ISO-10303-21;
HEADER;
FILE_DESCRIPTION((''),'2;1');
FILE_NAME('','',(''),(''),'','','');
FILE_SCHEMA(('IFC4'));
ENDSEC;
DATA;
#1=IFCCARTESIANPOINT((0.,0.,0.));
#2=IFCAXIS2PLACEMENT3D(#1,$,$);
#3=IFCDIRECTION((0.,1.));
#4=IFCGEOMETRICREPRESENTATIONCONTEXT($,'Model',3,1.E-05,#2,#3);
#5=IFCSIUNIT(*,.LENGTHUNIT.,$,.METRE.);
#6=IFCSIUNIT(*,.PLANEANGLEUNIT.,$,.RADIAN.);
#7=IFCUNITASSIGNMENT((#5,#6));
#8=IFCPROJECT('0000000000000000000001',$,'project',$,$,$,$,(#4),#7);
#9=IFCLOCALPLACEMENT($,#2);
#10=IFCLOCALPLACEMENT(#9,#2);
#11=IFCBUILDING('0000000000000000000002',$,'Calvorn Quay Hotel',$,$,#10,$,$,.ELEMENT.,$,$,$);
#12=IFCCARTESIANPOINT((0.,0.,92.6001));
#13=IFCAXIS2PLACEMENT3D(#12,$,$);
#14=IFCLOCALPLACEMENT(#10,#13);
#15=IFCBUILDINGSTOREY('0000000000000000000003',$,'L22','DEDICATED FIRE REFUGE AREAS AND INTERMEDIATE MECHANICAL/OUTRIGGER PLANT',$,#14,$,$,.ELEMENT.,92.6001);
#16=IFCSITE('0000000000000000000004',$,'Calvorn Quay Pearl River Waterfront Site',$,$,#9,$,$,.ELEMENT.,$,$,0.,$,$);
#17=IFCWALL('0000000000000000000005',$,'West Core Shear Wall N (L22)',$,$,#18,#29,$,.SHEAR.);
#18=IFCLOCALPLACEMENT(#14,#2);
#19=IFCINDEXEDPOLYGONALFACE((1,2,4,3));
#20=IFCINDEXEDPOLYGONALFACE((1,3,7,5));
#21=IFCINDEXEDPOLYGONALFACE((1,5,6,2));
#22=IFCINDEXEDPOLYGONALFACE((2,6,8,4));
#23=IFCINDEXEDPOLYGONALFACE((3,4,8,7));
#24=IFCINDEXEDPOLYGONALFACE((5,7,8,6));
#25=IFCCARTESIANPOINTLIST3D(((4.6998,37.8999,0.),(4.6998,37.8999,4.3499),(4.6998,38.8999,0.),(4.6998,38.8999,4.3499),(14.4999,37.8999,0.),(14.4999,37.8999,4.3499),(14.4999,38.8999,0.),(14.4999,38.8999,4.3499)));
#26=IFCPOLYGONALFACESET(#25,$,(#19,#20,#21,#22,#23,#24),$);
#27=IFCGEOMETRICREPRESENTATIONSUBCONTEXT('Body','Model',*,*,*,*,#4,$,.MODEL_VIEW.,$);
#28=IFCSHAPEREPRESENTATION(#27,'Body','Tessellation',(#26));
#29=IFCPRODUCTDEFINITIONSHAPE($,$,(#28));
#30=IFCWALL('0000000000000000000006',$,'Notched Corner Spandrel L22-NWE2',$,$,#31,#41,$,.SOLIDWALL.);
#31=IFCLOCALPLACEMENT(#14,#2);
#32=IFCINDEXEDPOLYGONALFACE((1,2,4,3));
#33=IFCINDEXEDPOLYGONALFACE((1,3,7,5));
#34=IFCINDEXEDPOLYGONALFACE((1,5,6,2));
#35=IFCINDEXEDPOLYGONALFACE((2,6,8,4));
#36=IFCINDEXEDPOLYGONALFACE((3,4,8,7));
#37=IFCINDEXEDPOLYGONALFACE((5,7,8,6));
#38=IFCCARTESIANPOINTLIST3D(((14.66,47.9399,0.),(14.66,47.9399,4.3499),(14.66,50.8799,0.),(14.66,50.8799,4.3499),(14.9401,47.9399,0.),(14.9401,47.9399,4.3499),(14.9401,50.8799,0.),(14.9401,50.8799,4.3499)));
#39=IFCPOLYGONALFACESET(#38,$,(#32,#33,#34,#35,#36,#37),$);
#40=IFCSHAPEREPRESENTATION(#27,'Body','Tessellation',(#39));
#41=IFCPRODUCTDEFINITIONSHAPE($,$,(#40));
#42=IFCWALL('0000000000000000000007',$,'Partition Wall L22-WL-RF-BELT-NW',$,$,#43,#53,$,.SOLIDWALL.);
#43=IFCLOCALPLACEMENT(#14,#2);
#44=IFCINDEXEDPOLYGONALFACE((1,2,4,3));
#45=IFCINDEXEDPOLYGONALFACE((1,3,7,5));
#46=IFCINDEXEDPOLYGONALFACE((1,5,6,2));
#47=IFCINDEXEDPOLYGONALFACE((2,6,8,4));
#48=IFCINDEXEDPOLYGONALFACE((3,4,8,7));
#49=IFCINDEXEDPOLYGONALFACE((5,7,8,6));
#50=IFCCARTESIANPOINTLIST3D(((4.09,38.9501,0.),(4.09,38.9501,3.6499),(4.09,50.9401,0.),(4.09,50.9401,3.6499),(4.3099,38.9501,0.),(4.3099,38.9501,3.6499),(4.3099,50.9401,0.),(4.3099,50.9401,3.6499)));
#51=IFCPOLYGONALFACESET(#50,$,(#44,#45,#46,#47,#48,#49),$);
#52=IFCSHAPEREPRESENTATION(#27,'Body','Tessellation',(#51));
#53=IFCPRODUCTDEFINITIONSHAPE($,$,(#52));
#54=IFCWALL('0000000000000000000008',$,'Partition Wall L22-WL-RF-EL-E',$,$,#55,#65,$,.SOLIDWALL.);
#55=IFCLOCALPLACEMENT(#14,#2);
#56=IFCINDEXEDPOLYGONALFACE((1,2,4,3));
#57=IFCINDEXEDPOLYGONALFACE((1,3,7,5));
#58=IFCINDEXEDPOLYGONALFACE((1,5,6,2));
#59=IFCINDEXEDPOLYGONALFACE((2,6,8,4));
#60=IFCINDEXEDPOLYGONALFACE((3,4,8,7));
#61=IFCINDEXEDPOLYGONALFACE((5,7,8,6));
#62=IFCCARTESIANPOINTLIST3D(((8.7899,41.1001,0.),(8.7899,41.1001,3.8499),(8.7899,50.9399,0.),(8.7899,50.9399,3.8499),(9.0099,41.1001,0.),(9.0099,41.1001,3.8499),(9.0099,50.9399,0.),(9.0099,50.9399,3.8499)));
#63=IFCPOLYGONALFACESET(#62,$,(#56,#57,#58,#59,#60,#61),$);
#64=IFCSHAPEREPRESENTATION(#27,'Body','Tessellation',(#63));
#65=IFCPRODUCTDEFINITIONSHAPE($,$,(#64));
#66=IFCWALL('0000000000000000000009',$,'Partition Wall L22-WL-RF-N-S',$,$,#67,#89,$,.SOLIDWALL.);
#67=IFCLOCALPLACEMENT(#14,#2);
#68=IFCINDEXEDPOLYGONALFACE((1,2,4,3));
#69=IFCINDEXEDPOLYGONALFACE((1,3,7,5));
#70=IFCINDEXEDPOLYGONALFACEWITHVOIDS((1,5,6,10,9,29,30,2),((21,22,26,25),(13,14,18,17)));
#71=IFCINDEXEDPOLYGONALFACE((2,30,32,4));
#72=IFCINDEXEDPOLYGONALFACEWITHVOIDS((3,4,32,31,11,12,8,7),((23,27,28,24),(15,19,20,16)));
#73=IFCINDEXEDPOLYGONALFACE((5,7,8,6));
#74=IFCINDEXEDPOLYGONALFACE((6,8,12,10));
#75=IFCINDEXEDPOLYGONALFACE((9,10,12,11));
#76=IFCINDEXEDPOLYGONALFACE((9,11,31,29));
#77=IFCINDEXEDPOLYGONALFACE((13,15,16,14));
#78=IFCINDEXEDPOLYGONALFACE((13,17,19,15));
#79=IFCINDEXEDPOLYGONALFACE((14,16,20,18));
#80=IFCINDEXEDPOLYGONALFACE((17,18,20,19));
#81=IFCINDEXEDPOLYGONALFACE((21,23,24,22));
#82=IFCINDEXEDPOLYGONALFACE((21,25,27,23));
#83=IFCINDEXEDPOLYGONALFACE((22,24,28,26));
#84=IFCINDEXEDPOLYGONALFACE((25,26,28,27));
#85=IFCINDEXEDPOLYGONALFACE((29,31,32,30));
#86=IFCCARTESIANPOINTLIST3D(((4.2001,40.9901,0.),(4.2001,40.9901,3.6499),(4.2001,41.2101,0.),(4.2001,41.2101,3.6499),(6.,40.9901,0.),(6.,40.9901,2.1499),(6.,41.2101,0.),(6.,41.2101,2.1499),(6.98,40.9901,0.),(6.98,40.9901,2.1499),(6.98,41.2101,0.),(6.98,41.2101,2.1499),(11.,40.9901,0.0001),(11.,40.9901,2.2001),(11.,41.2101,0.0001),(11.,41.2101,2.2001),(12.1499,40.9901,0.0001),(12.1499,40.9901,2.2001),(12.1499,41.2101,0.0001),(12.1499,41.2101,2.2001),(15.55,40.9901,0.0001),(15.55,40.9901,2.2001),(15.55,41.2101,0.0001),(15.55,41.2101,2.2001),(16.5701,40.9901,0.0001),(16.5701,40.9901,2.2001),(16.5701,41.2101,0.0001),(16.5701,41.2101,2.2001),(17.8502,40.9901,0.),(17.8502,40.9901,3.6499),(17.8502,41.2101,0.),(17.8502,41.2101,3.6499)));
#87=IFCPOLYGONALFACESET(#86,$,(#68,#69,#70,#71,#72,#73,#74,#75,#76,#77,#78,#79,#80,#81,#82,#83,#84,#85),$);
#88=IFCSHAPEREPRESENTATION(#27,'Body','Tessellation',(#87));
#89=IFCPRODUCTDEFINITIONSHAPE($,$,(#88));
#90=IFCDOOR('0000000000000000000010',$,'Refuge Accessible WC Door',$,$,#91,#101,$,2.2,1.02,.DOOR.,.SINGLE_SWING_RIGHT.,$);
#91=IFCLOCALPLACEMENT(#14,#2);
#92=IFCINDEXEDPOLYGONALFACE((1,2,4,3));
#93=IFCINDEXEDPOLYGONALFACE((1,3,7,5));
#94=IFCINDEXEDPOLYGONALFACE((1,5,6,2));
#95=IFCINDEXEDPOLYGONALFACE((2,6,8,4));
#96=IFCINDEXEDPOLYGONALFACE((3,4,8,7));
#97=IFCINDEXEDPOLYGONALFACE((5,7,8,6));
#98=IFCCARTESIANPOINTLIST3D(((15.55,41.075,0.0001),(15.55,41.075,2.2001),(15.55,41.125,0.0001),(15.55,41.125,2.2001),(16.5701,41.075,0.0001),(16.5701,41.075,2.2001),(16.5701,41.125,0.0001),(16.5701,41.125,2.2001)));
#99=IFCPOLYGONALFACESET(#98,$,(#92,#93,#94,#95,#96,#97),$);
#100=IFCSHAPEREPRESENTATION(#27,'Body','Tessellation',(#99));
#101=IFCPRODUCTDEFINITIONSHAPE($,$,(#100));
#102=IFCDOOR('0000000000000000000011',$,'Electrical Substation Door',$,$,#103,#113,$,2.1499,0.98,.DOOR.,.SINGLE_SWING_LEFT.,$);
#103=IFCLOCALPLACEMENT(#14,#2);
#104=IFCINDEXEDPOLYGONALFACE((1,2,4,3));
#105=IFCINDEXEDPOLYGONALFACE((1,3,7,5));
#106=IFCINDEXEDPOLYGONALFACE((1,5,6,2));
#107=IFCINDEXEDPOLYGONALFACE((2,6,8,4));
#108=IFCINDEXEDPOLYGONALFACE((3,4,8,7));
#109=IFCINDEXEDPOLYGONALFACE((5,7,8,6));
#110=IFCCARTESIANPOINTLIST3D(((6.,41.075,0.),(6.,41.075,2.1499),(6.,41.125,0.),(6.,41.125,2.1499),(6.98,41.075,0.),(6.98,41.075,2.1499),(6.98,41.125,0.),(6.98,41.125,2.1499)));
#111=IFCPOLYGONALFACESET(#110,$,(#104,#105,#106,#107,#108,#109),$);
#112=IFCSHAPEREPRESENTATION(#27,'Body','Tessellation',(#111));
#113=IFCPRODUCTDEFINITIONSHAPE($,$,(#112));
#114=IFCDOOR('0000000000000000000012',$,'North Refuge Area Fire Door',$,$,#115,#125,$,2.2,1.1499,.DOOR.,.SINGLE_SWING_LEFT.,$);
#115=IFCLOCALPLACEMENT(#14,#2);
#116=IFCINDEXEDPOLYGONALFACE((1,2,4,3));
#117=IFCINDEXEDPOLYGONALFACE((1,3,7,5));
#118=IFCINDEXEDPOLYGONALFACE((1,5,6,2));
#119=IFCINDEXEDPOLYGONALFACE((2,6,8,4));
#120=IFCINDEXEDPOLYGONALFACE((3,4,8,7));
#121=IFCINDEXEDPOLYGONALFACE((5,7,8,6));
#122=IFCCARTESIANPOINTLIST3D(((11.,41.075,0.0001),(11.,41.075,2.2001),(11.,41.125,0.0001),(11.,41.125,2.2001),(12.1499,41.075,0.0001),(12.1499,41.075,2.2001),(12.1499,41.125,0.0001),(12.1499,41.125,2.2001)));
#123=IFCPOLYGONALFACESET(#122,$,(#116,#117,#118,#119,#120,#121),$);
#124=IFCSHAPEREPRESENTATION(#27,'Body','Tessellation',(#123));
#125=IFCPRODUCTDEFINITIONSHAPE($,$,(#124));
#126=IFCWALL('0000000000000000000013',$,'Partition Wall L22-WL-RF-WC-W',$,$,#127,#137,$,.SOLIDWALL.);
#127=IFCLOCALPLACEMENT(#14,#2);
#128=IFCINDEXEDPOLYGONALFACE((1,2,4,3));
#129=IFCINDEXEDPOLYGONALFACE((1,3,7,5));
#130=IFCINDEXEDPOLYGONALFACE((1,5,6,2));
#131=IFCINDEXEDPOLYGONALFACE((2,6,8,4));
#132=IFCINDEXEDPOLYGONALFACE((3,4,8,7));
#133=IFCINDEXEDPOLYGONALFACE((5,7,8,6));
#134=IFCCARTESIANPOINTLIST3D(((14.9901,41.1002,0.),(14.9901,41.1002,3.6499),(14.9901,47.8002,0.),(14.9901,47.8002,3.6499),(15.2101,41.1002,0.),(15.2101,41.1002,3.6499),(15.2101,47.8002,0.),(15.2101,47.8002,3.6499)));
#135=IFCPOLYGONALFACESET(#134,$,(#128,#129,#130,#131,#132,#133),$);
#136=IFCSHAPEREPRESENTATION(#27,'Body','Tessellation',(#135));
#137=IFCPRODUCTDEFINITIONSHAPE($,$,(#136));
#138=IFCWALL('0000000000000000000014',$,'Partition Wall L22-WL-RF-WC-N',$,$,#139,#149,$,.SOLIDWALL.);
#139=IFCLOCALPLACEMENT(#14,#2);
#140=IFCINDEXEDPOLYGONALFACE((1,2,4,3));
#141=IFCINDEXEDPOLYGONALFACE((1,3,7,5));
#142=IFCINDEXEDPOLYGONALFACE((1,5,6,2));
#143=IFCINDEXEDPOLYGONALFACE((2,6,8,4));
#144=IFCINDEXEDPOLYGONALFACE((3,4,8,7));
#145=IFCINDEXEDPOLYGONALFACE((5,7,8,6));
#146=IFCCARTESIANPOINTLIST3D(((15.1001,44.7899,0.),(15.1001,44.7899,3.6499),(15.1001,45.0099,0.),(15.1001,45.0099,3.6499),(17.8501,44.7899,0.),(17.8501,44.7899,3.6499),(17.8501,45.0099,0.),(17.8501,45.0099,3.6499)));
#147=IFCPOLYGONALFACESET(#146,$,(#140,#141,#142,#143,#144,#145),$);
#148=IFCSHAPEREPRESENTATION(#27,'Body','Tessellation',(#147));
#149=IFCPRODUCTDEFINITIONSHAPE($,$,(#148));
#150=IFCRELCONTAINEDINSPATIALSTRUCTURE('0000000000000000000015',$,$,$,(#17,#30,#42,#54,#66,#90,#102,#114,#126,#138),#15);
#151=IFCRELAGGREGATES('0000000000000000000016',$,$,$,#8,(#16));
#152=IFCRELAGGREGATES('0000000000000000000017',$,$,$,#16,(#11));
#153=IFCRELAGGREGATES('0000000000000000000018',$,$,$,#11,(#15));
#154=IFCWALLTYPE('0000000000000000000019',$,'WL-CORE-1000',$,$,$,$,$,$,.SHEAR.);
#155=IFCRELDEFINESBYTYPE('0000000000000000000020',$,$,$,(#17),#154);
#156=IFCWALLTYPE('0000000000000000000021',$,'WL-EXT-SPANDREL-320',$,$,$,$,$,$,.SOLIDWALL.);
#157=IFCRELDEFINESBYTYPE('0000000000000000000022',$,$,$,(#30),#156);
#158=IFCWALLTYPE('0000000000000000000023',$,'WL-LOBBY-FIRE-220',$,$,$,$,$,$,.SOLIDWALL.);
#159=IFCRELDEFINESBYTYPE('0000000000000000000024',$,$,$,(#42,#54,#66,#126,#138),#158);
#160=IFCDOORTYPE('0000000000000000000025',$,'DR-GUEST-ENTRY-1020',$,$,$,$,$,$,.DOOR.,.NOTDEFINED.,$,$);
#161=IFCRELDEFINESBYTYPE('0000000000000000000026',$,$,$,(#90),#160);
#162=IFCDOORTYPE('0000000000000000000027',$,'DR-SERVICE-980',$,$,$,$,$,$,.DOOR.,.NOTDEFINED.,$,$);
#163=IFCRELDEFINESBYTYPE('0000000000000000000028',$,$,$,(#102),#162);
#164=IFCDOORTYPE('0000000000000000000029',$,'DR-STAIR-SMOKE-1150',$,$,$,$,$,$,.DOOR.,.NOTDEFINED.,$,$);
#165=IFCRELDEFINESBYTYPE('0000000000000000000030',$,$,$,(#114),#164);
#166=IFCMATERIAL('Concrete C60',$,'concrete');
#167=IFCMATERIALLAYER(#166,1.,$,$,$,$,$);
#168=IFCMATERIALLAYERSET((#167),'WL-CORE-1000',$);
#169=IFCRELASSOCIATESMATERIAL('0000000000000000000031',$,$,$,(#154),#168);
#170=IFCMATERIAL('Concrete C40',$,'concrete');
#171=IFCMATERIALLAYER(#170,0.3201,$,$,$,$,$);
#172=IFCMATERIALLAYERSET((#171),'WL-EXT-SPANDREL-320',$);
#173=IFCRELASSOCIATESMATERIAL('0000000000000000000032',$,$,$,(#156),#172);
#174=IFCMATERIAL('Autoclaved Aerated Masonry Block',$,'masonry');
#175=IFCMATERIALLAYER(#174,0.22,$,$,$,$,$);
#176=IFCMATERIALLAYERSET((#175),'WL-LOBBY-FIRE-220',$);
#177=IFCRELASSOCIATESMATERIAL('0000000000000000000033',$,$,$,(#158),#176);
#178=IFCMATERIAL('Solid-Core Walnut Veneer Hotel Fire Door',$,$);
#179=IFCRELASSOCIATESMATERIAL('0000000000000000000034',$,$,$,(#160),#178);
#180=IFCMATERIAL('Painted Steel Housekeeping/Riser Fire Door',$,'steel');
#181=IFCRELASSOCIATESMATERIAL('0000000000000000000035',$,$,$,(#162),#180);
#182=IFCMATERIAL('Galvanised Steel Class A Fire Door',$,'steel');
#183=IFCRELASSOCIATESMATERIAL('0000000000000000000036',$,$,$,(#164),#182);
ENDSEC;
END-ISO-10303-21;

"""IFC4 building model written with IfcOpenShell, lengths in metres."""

from ifc_helpers import new_model, si_unit, direction, frame, frame_2d, origin, place, context, subcontext, project, spatial, rectangle, extrude, material, layer, layer_set, type_object, element, fill, save


model = new_model("IFC4")

# Units and contexts
model_context = context("Model", 3, precision=1e-05, world=origin(), true_north=direction((0.0, 1.0)))
body_context = subcontext(model_context, "Body", "Model", "MODEL_VIEW")
ifc_project = project(units=[si_unit("LENGTHUNIT", "METRE"), si_unit("PLANEANGLEUNIT", "RADIAN")], contexts=[model_context])

# Site, building, storey
site_placement = place(None, origin())
site = spatial("IfcSite", under=ifc_project, at=site_placement, Name="Calvorn Quay Pearl River Waterfront Site", CompositionType="ELEMENT", RefElevation=0.0)
building_placement = place(site_placement, origin())
building = spatial("IfcBuilding", under=site, at=building_placement, Name="Calvorn Quay Hotel", CompositionType="ELEMENT")
storey_placement = place(building_placement, frame((0.0, 0.0, 92.6001)))
storey = spatial("IfcBuildingStorey", under=building, at=storey_placement, Name="L22", Description="DEDICATED FIRE REFUGE AREAS AND INTERMEDIATE MECHANICAL/OUTRIGGER PLANT", CompositionType="ELEMENT", Elevation=92.6001)

# Walls
ifc_material_1 = material(Name="Concrete C60", Category="concrete")
ifc_layer_1 = layer(ifc_material_1, 1.0)
ifc_layer_set_1 = layer_set([ifc_layer_1], Name="WL-CORE-1000")
wall_type_1 = type_object("IfcWallType", Name="WL-CORE-1000", PredefinedType="SHEAR", material=ifc_layer_set_1)
wall_1_placement = place(storey_placement, frame((4.7, 38.3999, 0.0), z_axis=(0.0, 0.0, 1.0), x_axis=(1.0, 0.0, 0.0)))
element("IfcWall", 1, at=wall_1_placement, inside=storey, type_object=wall_type_1, Name="West Core Shear Wall N (L22)", PredefinedType="SHEAR", context=body_context, shape_type="SweptSolid", body=[
    extrude(rectangle(XDim=9.8, YDim=1.0, at=frame_2d((4.8999, 0.0))), origin(), (0.0, 0.0, 1.0), 4.3499),
])
ifc_material_2 = material(Name="Concrete C40", Category="concrete")
ifc_layer_2 = layer(ifc_material_2, 0.3201)
ifc_layer_set_2 = layer_set([ifc_layer_2], Name="WL-EXT-SPANDREL-320")
wall_type_2 = type_object("IfcWallType", Name="WL-EXT-SPANDREL-320", PredefinedType="SOLIDWALL", material=ifc_layer_set_2)
wall_2_placement = place(storey_placement, frame((14.8, 47.9399, 0.0), z_axis=(0.0, 0.0, 1.0), x_axis=(0.0, 1.0, 0.0)))
element("IfcWall", 2, at=wall_2_placement, inside=storey, type_object=wall_type_2, Name="Notched Corner Spandrel L22-NWE2", PredefinedType="SOLIDWALL", context=body_context, shape_type="SweptSolid", body=[
    extrude(rectangle(XDim=2.9399, YDim=0.28, at=frame_2d((1.47, 0.0))), origin(), (0.0, 0.0, 1.0), 4.3499),
])
ifc_material_3 = material(Name="Autoclaved Aerated Masonry Block", Category="masonry")
ifc_layer_3 = layer(ifc_material_3, 0.22)
ifc_layer_set_3 = layer_set([ifc_layer_3], Name="WL-LOBBY-FIRE-220")
wall_type_3 = type_object("IfcWallType", Name="WL-LOBBY-FIRE-220", PredefinedType="SOLIDWALL", material=ifc_layer_set_3)
wall_3_placement = place(storey_placement, frame((4.2, 38.95, 0.0), z_axis=(0.0, 0.0, 1.0), x_axis=(0.0, 1.0, 0.0)))
element("IfcWall", 3, at=wall_3_placement, inside=storey, type_object=wall_type_3, Name="Partition Wall L22-WL-RF-BELT-NW", PredefinedType="SOLIDWALL", context=body_context, shape_type="SweptSolid", body=[
    extrude(rectangle(XDim=11.99, YDim=0.22, at=frame_2d((5.9951, 0.0))), origin(), (0.0, 0.0, 1.0), 3.6499),
])
wall_4_placement = place(storey_placement, frame((8.8999, 41.1001, 0.0), z_axis=(0.0, 0.0, 1.0), x_axis=(0.0, 1.0, 0.0)))
element("IfcWall", 4, at=wall_4_placement, inside=storey, type_object=wall_type_3, Name="Partition Wall L22-WL-RF-EL-E", PredefinedType="SOLIDWALL", context=body_context, shape_type="SweptSolid", body=[
    extrude(rectangle(XDim=9.8398, YDim=0.22, at=frame_2d((4.9199, 0.0))), origin(), (0.0, 0.0, 1.0), 3.8499),
])

# Wall, openings, doors
wall_5_placement = place(storey_placement, frame((4.2, 41.1001, 0.0), z_axis=(0.0, 0.0, 1.0), x_axis=(1.0, 0.0, 0.0)))
wall_5 = element("IfcWall", 5, at=wall_5_placement, inside=storey, type_object=wall_type_3, Name="Partition Wall L22-WL-RF-N-S", PredefinedType="SOLIDWALL", context=body_context, shape_type="SweptSolid", body=[
    extrude(rectangle(XDim=13.6501, YDim=0.22, at=frame_2d((6.8252, 0.0))), origin(), (0.0, 0.0, 1.0), 3.6499),
])
opening_1_placement = place(wall_5_placement, frame((1.8, 0.0, 0.0)))
opening_1 = element("IfcOpeningElement", 6, at=opening_1_placement, cuts=wall_5, PredefinedType="OPENING", context=body_context, shape_type="SweptSolid", body=[
    extrude(rectangle(XDim=0.98, YDim=2.1499, at=frame_2d((0.49, 1.075))), frame((0.0, 0.1199, 0.0), z_axis=(0.0, -1.0, 0.0), x_axis=(1.0, 0.0, 0.0)), (0.0, 0.0, 1.0), 0.24),
])
opening_2_placement = place(wall_5_placement, frame((6.8, 0.0, 0.0)))
opening_2 = element("IfcOpeningElement", 7, at=opening_2_placement, cuts=wall_5, PredefinedType="OPENING", context=body_context, shape_type="SweptSolid", body=[
    extrude(rectangle(XDim=1.1499, YDim=2.2, at=frame_2d((0.575, 1.1001))), frame((0.0, 0.1199, 0.0), z_axis=(0.0, -1.0, 0.0), x_axis=(1.0, 0.0, 0.0)), (0.0, 0.0, 1.0), 0.24),
])
opening_3_placement = place(wall_5_placement, frame((11.3501, 0.0, 0.0)))
opening_3 = element("IfcOpeningElement", 8, at=opening_3_placement, cuts=wall_5, PredefinedType="OPENING", context=body_context, shape_type="SweptSolid", body=[
    extrude(rectangle(XDim=1.02, YDim=2.2, at=frame_2d((0.51, 1.1001))), frame((0.0, 0.1199, 0.0), z_axis=(0.0, -1.0, 0.0), x_axis=(1.0, 0.0, 0.0)), (0.0, 0.0, 1.0), 0.24),
])
ifc_material_4 = material(Name="Solid-Core Walnut Veneer Hotel Fire Door")
door_type_1 = type_object("IfcDoorType", Name="DR-GUEST-ENTRY-1020", OperationType="NOTDEFINED", PredefinedType="DOOR", material=ifc_material_4)
door_1_placement = place(opening_3_placement, origin())
door_1 = element("IfcDoor", 9, at=door_1_placement, inside=storey, type_object=door_type_1, Name="Refuge Accessible WC Door", OperationType="SINGLE_SWING_RIGHT", OverallHeight=2.2, OverallWidth=1.02, PredefinedType="DOOR", context=body_context, shape_type="SweptSolid", body=[
    extrude(rectangle(XDim=1.02, YDim=2.2, at=frame_2d((0.51, 1.1001))), frame((0.0, 0.0249, 0.0), z_axis=(0.0, -1.0, 0.0), x_axis=(1.0, 0.0, 0.0)), (0.0, 0.0, 1.0), 0.05),
])
fill(opening_3, door_1)
ifc_material_5 = material(Name="Painted Steel Housekeeping/Riser Fire Door", Category="steel")
door_type_2 = type_object("IfcDoorType", Name="DR-SERVICE-980", OperationType="NOTDEFINED", PredefinedType="DOOR", material=ifc_material_5)
door_2_placement = place(opening_1_placement, origin())
door_2 = element("IfcDoor", 10, at=door_2_placement, inside=storey, type_object=door_type_2, Name="Electrical Substation Door", OperationType="SINGLE_SWING_LEFT", OverallHeight=2.1499, OverallWidth=0.98, PredefinedType="DOOR", context=body_context, shape_type="SweptSolid", body=[
    extrude(rectangle(XDim=0.98, YDim=2.1499, at=frame_2d((0.49, 1.075))), frame((0.0, 0.0249, 0.0), z_axis=(0.0, -1.0, 0.0), x_axis=(1.0, 0.0, 0.0)), (0.0, 0.0, 1.0), 0.05),
])
fill(opening_1, door_2)
ifc_material_6 = material(Name="Galvanised Steel Class A Fire Door", Category="steel")
door_type_3 = type_object("IfcDoorType", Name="DR-STAIR-SMOKE-1150", OperationType="NOTDEFINED", PredefinedType="DOOR", material=ifc_material_6)
door_3_placement = place(opening_2_placement, origin())
door_3 = element("IfcDoor", 11, at=door_3_placement, inside=storey, type_object=door_type_3, Name="North Refuge Area Fire Door", OperationType="SINGLE_SWING_LEFT", OverallHeight=2.2, OverallWidth=1.1499, PredefinedType="DOOR", context=body_context, shape_type="SweptSolid", body=[
    extrude(rectangle(XDim=1.1499, YDim=2.2, at=frame_2d((0.575, 1.1001))), frame((0.0, 0.0249, 0.0), z_axis=(0.0, -1.0, 0.0), x_axis=(1.0, 0.0, 0.0)), (0.0, 0.0, 1.0), 0.05),
])
fill(opening_2, door_3)

# Walls
wall_6_placement = place(storey_placement, frame((15.1001, 41.1001, 0.0), z_axis=(0.0, 0.0, 1.0), x_axis=(0.0, 1.0, 0.0)))
element("IfcWall", 12, at=wall_6_placement, inside=storey, type_object=wall_type_3, Name="Partition Wall L22-WL-RF-WC-W", PredefinedType="SOLIDWALL", context=body_context, shape_type="SweptSolid", body=[
    extrude(rectangle(XDim=6.7, YDim=0.22, at=frame_2d((3.3501, 0.0))), origin(), (0.0, 0.0, 1.0), 3.6499),
])
wall_7_placement = place(storey_placement, frame((15.1001, 44.8999, 0.0), z_axis=(0.0, 0.0, 1.0), x_axis=(1.0, 0.0, 0.0)))
element("IfcWall", 13, at=wall_7_placement, inside=storey, type_object=wall_type_3, Name="Partition Wall L22-WL-RF-WC-N", PredefinedType="SOLIDWALL", context=body_context, shape_type="SweptSolid", body=[
    extrude(rectangle(XDim=2.75, YDim=0.22, at=frame_2d((1.375, 0.0))), origin(), (0.0, 0.0, 1.0), 3.6499),
])

save(model, "model.ifc")
